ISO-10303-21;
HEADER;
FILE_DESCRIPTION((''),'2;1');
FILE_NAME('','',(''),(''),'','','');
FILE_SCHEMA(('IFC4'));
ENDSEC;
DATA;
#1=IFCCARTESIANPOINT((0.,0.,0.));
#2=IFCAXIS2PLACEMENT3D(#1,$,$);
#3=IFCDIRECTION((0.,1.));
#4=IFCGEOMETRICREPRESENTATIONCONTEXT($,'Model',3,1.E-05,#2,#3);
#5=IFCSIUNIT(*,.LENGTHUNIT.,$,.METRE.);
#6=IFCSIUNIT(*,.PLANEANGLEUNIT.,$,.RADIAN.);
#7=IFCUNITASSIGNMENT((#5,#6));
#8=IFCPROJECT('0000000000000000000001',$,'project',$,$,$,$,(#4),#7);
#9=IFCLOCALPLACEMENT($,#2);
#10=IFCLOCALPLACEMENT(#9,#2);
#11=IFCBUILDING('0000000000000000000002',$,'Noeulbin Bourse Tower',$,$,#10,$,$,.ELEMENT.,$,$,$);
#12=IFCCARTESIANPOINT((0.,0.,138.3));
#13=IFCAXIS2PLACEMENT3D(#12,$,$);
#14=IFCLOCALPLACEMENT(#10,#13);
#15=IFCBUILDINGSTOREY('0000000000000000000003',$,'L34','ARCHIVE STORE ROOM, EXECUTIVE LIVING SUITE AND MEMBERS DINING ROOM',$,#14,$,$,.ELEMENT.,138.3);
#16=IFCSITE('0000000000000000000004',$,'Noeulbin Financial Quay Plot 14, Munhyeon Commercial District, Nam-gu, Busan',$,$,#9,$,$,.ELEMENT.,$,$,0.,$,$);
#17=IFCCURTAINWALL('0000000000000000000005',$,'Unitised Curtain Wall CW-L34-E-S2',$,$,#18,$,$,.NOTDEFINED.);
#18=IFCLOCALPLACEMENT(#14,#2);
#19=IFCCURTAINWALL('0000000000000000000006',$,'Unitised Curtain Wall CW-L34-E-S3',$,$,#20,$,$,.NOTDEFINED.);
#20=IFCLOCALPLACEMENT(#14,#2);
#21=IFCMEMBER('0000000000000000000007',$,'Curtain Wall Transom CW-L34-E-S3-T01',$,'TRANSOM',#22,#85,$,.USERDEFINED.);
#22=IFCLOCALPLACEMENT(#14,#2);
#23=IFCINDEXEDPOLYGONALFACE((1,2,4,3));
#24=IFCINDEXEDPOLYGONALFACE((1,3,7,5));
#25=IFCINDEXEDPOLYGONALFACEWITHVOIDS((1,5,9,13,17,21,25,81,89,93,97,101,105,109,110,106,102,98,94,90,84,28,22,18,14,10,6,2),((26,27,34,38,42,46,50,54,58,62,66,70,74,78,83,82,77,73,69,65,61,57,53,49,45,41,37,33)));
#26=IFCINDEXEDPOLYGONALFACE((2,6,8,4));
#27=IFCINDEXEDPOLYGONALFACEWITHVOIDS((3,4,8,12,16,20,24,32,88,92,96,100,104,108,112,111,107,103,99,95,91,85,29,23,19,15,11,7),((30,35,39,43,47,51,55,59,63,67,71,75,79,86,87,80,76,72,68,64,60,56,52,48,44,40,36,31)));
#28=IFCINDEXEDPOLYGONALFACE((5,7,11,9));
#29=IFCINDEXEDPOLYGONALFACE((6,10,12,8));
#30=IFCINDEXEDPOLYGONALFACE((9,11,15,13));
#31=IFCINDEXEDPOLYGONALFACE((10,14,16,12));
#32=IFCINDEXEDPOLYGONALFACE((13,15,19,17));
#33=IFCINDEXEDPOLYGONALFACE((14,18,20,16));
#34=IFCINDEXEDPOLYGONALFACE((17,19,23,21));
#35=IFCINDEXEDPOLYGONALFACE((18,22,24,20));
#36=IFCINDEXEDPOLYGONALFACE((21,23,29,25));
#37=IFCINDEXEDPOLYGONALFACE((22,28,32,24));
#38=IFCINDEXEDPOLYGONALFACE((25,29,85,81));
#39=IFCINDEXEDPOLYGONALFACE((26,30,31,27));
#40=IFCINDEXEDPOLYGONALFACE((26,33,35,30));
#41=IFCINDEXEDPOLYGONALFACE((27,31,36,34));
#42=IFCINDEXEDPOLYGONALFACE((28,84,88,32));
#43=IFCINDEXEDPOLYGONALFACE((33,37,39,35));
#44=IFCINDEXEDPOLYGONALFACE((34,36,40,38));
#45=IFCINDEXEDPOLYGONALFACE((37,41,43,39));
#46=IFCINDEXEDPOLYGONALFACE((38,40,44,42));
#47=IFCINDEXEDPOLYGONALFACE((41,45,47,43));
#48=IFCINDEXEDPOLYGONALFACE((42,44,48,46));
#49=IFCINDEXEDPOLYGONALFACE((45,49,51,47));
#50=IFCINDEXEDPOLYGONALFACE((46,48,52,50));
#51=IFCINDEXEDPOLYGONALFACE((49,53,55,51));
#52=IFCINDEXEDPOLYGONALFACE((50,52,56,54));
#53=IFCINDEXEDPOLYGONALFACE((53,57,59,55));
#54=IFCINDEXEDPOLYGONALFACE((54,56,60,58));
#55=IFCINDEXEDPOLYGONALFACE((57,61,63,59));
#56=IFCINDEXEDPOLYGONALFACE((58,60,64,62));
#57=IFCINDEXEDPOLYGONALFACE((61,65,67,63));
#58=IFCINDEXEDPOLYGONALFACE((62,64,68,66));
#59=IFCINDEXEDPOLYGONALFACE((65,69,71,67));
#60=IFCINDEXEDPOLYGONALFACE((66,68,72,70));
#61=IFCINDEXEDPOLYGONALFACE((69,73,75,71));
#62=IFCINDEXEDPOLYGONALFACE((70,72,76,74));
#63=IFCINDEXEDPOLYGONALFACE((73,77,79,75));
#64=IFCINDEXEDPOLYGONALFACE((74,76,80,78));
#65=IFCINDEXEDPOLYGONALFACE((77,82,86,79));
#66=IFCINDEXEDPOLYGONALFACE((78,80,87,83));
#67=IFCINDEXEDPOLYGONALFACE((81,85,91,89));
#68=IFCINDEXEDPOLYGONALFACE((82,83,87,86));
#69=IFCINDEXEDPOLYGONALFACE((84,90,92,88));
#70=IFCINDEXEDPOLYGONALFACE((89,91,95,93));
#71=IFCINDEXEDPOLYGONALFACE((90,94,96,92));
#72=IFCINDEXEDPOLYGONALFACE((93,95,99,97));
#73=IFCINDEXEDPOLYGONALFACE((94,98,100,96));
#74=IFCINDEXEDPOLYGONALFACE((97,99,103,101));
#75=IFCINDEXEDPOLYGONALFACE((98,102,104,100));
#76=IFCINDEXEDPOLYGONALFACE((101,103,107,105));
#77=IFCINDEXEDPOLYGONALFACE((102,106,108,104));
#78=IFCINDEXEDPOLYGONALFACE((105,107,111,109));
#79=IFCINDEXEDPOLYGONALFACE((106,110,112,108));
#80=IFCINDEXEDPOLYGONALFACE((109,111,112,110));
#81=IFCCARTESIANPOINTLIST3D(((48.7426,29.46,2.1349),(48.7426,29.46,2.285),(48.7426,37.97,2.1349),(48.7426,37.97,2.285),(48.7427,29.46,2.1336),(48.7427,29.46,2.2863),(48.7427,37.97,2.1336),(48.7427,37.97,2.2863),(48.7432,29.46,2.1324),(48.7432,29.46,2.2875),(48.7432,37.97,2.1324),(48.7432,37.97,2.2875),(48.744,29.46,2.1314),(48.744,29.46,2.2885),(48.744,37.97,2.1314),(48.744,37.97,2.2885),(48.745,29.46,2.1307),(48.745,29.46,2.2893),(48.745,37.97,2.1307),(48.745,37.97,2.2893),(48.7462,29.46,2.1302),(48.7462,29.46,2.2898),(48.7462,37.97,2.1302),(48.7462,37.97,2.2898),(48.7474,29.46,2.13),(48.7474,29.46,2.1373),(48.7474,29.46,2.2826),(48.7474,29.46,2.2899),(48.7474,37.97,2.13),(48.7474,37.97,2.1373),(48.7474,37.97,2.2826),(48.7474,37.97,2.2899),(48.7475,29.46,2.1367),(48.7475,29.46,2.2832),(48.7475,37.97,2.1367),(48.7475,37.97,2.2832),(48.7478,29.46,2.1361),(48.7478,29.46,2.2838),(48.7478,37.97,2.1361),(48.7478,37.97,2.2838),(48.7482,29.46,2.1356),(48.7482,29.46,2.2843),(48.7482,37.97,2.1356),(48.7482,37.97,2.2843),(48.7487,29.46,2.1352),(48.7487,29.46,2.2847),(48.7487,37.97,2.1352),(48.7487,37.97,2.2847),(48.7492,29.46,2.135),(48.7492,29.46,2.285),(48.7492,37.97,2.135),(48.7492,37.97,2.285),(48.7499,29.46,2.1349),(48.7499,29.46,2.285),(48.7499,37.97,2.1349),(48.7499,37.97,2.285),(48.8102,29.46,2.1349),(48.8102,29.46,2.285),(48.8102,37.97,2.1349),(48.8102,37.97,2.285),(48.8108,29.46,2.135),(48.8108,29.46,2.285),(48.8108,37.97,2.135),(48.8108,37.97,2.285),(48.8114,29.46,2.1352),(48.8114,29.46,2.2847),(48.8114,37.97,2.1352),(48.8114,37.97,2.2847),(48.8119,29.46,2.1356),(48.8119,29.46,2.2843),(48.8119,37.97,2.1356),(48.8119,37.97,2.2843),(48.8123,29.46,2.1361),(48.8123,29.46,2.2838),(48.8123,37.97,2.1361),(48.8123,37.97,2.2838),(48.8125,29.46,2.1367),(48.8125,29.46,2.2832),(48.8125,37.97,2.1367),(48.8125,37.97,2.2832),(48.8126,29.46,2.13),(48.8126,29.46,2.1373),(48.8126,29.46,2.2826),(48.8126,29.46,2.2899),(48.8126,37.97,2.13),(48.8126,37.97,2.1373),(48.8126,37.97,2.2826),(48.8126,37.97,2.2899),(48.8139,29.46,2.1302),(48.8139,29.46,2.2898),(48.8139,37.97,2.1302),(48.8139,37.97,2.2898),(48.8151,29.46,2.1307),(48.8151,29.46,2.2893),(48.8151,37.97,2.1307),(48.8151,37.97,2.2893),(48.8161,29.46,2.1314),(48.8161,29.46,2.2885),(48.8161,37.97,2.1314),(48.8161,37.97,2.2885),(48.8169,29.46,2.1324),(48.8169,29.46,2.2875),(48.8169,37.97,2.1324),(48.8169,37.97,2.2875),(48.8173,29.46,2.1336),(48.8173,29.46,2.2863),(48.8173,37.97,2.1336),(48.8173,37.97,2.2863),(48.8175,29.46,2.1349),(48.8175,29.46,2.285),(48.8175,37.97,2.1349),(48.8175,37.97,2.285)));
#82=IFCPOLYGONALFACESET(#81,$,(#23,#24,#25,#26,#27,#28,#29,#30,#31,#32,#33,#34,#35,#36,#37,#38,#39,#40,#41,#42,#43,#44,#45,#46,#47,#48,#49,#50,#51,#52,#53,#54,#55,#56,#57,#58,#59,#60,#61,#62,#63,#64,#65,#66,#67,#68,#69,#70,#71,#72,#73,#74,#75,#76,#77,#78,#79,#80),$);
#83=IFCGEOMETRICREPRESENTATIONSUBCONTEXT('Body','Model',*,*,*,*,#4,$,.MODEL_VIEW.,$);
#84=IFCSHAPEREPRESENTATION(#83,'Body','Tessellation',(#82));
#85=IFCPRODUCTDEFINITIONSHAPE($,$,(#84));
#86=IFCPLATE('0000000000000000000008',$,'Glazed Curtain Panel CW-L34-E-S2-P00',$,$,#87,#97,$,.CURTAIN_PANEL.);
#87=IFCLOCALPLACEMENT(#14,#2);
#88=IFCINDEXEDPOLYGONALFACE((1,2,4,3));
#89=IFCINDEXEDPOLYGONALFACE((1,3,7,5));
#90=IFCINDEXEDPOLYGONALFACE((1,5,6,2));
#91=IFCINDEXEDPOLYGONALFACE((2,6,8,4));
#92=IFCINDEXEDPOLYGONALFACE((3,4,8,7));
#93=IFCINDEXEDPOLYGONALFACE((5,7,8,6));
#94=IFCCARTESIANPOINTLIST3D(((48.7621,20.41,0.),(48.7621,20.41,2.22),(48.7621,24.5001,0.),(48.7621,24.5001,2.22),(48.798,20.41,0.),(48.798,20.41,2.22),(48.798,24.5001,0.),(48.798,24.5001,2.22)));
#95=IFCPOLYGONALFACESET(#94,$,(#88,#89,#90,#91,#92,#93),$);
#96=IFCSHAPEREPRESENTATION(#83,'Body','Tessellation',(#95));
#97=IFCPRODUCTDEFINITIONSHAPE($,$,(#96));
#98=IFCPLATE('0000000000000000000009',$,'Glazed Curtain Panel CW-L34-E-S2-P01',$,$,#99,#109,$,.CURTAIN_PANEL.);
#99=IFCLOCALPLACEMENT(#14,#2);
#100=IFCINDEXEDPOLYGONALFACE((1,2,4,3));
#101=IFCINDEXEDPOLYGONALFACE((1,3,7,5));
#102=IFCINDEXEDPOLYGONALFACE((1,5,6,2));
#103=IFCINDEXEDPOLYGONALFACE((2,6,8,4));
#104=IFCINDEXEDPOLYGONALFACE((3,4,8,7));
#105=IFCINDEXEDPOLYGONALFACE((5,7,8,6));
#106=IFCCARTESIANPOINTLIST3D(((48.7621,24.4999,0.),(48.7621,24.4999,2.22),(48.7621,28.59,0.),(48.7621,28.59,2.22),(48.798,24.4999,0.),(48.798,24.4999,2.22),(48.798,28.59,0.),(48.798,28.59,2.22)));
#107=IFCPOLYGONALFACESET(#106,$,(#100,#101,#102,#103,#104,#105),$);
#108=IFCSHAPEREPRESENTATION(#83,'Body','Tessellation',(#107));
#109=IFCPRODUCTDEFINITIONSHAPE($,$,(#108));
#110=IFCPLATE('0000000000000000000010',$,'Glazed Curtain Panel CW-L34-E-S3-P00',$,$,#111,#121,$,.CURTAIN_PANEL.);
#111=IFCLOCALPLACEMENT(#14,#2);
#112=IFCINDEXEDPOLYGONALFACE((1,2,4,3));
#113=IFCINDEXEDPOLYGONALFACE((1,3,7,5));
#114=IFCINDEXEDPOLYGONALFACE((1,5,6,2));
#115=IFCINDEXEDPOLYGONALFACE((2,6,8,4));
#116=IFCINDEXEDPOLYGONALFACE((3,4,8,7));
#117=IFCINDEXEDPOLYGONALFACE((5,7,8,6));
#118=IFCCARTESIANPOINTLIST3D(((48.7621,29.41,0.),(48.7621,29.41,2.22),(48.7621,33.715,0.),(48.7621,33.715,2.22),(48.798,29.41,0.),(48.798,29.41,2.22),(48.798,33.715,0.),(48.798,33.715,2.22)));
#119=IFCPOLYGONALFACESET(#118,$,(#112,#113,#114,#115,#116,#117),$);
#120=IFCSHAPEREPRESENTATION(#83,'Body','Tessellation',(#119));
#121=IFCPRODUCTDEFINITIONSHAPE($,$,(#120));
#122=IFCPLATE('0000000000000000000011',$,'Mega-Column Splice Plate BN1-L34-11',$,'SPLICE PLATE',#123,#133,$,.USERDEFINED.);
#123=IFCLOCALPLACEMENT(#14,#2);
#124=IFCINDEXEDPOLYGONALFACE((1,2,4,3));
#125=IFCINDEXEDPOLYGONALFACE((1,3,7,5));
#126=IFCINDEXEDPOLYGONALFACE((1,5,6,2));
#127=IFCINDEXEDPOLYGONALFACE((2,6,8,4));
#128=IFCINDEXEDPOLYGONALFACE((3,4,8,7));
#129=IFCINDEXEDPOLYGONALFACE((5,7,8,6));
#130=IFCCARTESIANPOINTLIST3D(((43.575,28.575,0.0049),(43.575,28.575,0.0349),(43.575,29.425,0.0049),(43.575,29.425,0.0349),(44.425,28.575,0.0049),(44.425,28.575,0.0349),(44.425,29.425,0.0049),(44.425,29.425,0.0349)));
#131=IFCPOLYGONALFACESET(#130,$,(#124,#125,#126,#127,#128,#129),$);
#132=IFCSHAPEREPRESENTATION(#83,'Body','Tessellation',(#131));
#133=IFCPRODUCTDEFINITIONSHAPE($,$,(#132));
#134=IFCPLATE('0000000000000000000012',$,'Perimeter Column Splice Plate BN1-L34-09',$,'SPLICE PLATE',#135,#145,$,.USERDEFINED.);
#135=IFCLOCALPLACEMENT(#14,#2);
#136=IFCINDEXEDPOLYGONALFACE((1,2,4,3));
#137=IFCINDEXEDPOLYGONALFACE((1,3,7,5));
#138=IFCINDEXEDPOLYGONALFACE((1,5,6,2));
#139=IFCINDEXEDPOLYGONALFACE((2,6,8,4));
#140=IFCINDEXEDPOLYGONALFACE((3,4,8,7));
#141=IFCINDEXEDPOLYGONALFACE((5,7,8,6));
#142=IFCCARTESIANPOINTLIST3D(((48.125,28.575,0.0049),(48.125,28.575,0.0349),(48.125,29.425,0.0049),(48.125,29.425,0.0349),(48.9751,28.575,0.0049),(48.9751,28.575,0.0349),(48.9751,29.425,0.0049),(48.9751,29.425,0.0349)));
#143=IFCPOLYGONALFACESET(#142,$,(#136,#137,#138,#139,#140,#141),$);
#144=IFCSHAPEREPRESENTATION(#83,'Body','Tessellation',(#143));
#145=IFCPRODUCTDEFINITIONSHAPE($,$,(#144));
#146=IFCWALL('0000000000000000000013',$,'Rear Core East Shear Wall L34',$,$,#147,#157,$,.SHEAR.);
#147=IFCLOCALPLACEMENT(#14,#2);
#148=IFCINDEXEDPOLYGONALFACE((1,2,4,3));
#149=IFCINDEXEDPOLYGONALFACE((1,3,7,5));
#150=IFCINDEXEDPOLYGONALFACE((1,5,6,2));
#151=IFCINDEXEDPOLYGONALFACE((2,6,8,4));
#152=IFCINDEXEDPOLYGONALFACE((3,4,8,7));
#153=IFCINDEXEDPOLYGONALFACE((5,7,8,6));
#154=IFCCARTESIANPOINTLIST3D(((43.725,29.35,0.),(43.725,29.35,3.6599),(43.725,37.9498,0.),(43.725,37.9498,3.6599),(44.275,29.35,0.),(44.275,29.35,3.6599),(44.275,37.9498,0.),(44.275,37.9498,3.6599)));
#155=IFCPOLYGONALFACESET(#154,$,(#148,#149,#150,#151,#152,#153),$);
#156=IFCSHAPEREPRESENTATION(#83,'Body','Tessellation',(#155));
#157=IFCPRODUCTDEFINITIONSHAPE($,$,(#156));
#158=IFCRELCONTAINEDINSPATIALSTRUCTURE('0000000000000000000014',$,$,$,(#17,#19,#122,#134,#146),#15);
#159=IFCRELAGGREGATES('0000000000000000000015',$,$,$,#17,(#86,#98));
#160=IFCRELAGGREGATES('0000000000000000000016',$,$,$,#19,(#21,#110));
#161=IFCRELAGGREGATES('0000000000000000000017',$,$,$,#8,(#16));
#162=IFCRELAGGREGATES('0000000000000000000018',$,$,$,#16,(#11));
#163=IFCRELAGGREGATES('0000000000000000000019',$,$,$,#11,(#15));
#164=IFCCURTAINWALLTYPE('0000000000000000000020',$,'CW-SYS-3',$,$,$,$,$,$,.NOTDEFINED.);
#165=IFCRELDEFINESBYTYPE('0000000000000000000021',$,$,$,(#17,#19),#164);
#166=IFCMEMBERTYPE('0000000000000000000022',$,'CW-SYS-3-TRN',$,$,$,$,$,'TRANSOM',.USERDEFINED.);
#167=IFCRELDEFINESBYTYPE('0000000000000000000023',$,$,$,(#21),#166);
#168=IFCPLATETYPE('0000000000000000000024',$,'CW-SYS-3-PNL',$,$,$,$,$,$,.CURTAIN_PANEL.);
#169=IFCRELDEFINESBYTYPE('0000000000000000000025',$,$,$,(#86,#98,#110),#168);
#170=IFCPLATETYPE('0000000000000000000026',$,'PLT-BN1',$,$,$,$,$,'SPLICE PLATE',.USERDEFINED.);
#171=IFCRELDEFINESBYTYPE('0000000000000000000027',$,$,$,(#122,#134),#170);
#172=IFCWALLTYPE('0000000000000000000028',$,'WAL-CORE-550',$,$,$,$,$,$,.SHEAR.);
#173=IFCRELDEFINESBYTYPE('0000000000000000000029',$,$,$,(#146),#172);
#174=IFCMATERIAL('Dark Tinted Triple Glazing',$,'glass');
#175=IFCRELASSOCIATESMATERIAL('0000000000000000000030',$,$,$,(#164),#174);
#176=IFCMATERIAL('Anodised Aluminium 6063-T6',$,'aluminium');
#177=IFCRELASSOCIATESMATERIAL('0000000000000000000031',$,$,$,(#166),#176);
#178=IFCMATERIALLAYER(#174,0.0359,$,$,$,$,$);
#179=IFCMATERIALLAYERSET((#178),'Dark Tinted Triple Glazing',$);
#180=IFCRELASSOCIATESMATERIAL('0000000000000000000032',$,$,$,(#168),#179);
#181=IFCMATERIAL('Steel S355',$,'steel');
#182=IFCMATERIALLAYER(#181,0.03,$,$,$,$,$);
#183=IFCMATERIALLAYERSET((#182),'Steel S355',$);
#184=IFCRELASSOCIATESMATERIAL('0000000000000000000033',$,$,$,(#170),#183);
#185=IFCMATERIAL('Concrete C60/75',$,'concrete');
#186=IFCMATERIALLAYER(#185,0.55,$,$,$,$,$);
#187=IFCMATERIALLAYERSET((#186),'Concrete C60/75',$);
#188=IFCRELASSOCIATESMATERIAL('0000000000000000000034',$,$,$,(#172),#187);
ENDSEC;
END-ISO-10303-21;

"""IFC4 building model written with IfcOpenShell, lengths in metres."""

from ifc_helpers import new_model, si_unit, direction, frame, frame_2d, origin, origin_2d, place, context, subcontext, project, spatial, rectangle, hollow_rectangle, extrude, material, layer, layer_set, material_profile, profile_set, type_object, element, aggregate, save


model = new_model("IFC4")

# Units and contexts
model_context = context("Model", 3, precision=1e-05, world=origin(), true_north=direction((0.0, 1.0)))
body_context = subcontext(model_context, "Body", "Model", "MODEL_VIEW")
ifc_project = project(units=[si_unit("LENGTHUNIT", "METRE"), si_unit("PLANEANGLEUNIT", "RADIAN")], contexts=[model_context])

# Site, building, storey
site_placement = place(None, origin())
site = spatial("IfcSite", under=ifc_project, at=site_placement, Name="Noeulbin Financial Quay Plot 14, Munhyeon Commercial District, Nam-gu, Busan", CompositionType="ELEMENT", RefElevation=0.0)
building_placement = place(site_placement, origin())
building = spatial("IfcBuilding", under=site, at=building_placement, Name="Noeulbin Bourse Tower", CompositionType="ELEMENT")
storey_placement = place(building_placement, frame((0.0, 0.0, 138.3)))
storey = spatial("IfcBuildingStorey", under=building, at=storey_placement, Name="L34", Description="ARCHIVE STORE ROOM, EXECUTIVE LIVING SUITE AND MEMBERS DINING ROOM", CompositionType="ELEMENT", Elevation=138.3)

# Shared definitions
ifc_material_1 = material(Name="Steel S355", Category="steel")

# Curtain walls
ifc_material_2 = material(Name="Dark Tinted Triple Glazing", Category="glass")
curtain_wall_type = type_object("IfcCurtainWallType", Name="CW-SYS-3", PredefinedType="NOTDEFINED", material=ifc_material_2)
curtain_wall_1_placement = place(storey_placement, origin())
curtain_wall_1 = element("IfcCurtainWall", 1, at=curtain_wall_1_placement, inside=storey, type_object=curtain_wall_type, Name="Unitised Curtain Wall CW-L34-E-S2", PredefinedType="NOTDEFINED")
ifc_material_3 = material(Name="Anodised Aluminium 6063-T6", Category="aluminium")
curtain_wall_2_placement = place(storey_placement, origin())
curtain_wall_2 = element("IfcCurtainWall", 2, at=curtain_wall_2_placement, inside=storey, type_object=curtain_wall_type, Name="Unitised Curtain Wall CW-L34-E-S3", PredefinedType="NOTDEFINED")

# Member
ifc_material_profile_1 = material_profile(ifc_material_3, hollow_rectangle(XDim=0.075, YDim=0.1599, WallThickness=0.0049, InnerFilletRadius=0.0024, OuterFilletRadius=0.0049, at=origin_2d()), Name="ALU-TRAN-75x160x5", Category="LoadBearing")
ifc_profile_set_1 = profile_set([ifc_material_profile_1], Name="Anodised Aluminium 6063-T6")
member_type_1 = type_object("IfcMemberType", Name="CW-SYS-3-TRN", ElementType="TRANSOM", PredefinedType="USERDEFINED", material=ifc_profile_set_1)
member_1_placement = place(storey_placement, frame((48.78, 29.46, 2.21), z_axis=(0.0, 1.0, 0.0), x_axis=(-1.0, 0.0, 0.0)))
member_1 = element("IfcMember", 3, at=member_1_placement, type_object=member_type_1, Name="Curtain Wall Transom CW-L34-E-S3-T01", ObjectType="TRANSOM", PredefinedType="USERDEFINED", context=body_context, shape_type="SweptSolid", body=[
    extrude(hollow_rectangle(XDim=0.075, YDim=0.1599, WallThickness=0.0049, InnerFilletRadius=0.0024, OuterFilletRadius=0.0049, at=origin_2d()), origin(), (0.0, 0.0, 1.0), 8.51),
])

# Plates
ifc_layer_1 = layer(ifc_material_2, 0.0359)
ifc_layer_set_1 = layer_set([ifc_layer_1], Name="Dark Tinted Triple Glazing")
plate_type_1 = type_object("IfcPlateType", Name="CW-SYS-3-PNL", PredefinedType="CURTAIN_PANEL", material=ifc_layer_set_1)
plate_1_placement = place(storey_placement, frame((48.78, 22.4551, 0.0), z_axis=(0.0, 0.0, 1.0), x_axis=(0.0, 1.0, 0.0)))
plate_1 = element("IfcPlate", 4, at=plate_1_placement, type_object=plate_type_1, Name="Glazed Curtain Panel CW-L34-E-S2-P00", PredefinedType="CURTAIN_PANEL", context=body_context, shape_type="SweptSolid", body=[
    extrude(rectangle(XDim=4.0901, YDim=0.0359, at=origin_2d()), origin(), (0.0, 0.0, 1.0), 2.22),
])
plate_2_placement = place(storey_placement, frame((48.78, 26.5449, 0.0), z_axis=(0.0, 0.0, 1.0), x_axis=(0.0, 1.0, 0.0)))
plate_2 = element("IfcPlate", 5, at=plate_2_placement, type_object=plate_type_1, Name="Glazed Curtain Panel CW-L34-E-S2-P01", PredefinedType="CURTAIN_PANEL", context=body_context, shape_type="SweptSolid", body=[
    extrude(rectangle(XDim=4.0901, YDim=0.0359, at=origin_2d()), origin(), (0.0, 0.0, 1.0), 2.22),
])
aggregate(curtain_wall_1, [plate_1, plate_2])
plate_3_placement = place(storey_placement, frame((48.78, 31.5625, 0.0), z_axis=(0.0, 0.0, 1.0), x_axis=(0.0, 1.0, 0.0)))
plate_3 = element("IfcPlate", 6, at=plate_3_placement, type_object=plate_type_1, Name="Glazed Curtain Panel CW-L34-E-S3-P00", PredefinedType="CURTAIN_PANEL", context=body_context, shape_type="SweptSolid", body=[
    extrude(rectangle(XDim=4.3049, YDim=0.0359, at=origin_2d()), origin(), (0.0, 0.0, 1.0), 2.22),
])
aggregate(curtain_wall_2, [member_1, plate_3])

# Plates
ifc_layer_2 = layer(ifc_material_1, 0.03)
ifc_layer_set_2 = layer_set([ifc_layer_2], Name="Steel S355")
plate_type_2 = type_object("IfcPlateType", Name="PLT-BN1", ElementType="SPLICE PLATE", PredefinedType="USERDEFINED", material=ifc_layer_set_2)
for number, where, z_axis, x_axis, name in (
    (7, (44.0, 29.0, 0.0049), (0.0, 0.0, 1.0), (1.0, 0.0, 0.0), "Mega-Column Splice Plate BN1-L34-11"),
    (8, (48.55, 29.0, 0.0049), (0.0, 0.0, 1.0), (1.0, 0.0, 0.0), "Perimeter Column Splice Plate BN1-L34-09"),
):
    element("IfcPlate", number, at=place(storey_placement, frame(where, z_axis=z_axis, x_axis=x_axis)), inside=storey, type_object=plate_type_2, Name=name, ObjectType="SPLICE PLATE", PredefinedType="USERDEFINED", context=body_context, shape_type="SweptSolid", body=[
        extrude(rectangle(XDim=0.8501, YDim=0.8501, at=origin_2d()), origin(), (0.0, 0.0, 1.0), 0.03),
    ])

# Wall
ifc_material_4 = material(Name="Concrete C60/75", Category="concrete")
ifc_layer_3 = layer(ifc_material_4, 0.55)
ifc_layer_set_3 = layer_set([ifc_layer_3], Name="Concrete C60/75")
wall_type = type_object("IfcWallType", Name="WAL-CORE-550", PredefinedType="SHEAR", material=ifc_layer_set_3)
wall_placement = place(storey_placement, frame((44.0, 29.3501, 0.0), z_axis=(0.0, 0.0, 1.0), x_axis=(0.0, 1.0, 0.0)))
element("IfcWall", 9, at=wall_placement, inside=storey, type_object=wall_type, Name="Rear Core East Shear Wall L34", PredefinedType="SHEAR", context=body_context, shape_type="SweptSolid", body=[
    extrude(rectangle(XDim=8.5999, YDim=0.55, at=frame_2d((4.2998, 0.0))), origin(), (0.0, 0.0, 1.0), 3.6599),
])

save(model, "model.ifc")
